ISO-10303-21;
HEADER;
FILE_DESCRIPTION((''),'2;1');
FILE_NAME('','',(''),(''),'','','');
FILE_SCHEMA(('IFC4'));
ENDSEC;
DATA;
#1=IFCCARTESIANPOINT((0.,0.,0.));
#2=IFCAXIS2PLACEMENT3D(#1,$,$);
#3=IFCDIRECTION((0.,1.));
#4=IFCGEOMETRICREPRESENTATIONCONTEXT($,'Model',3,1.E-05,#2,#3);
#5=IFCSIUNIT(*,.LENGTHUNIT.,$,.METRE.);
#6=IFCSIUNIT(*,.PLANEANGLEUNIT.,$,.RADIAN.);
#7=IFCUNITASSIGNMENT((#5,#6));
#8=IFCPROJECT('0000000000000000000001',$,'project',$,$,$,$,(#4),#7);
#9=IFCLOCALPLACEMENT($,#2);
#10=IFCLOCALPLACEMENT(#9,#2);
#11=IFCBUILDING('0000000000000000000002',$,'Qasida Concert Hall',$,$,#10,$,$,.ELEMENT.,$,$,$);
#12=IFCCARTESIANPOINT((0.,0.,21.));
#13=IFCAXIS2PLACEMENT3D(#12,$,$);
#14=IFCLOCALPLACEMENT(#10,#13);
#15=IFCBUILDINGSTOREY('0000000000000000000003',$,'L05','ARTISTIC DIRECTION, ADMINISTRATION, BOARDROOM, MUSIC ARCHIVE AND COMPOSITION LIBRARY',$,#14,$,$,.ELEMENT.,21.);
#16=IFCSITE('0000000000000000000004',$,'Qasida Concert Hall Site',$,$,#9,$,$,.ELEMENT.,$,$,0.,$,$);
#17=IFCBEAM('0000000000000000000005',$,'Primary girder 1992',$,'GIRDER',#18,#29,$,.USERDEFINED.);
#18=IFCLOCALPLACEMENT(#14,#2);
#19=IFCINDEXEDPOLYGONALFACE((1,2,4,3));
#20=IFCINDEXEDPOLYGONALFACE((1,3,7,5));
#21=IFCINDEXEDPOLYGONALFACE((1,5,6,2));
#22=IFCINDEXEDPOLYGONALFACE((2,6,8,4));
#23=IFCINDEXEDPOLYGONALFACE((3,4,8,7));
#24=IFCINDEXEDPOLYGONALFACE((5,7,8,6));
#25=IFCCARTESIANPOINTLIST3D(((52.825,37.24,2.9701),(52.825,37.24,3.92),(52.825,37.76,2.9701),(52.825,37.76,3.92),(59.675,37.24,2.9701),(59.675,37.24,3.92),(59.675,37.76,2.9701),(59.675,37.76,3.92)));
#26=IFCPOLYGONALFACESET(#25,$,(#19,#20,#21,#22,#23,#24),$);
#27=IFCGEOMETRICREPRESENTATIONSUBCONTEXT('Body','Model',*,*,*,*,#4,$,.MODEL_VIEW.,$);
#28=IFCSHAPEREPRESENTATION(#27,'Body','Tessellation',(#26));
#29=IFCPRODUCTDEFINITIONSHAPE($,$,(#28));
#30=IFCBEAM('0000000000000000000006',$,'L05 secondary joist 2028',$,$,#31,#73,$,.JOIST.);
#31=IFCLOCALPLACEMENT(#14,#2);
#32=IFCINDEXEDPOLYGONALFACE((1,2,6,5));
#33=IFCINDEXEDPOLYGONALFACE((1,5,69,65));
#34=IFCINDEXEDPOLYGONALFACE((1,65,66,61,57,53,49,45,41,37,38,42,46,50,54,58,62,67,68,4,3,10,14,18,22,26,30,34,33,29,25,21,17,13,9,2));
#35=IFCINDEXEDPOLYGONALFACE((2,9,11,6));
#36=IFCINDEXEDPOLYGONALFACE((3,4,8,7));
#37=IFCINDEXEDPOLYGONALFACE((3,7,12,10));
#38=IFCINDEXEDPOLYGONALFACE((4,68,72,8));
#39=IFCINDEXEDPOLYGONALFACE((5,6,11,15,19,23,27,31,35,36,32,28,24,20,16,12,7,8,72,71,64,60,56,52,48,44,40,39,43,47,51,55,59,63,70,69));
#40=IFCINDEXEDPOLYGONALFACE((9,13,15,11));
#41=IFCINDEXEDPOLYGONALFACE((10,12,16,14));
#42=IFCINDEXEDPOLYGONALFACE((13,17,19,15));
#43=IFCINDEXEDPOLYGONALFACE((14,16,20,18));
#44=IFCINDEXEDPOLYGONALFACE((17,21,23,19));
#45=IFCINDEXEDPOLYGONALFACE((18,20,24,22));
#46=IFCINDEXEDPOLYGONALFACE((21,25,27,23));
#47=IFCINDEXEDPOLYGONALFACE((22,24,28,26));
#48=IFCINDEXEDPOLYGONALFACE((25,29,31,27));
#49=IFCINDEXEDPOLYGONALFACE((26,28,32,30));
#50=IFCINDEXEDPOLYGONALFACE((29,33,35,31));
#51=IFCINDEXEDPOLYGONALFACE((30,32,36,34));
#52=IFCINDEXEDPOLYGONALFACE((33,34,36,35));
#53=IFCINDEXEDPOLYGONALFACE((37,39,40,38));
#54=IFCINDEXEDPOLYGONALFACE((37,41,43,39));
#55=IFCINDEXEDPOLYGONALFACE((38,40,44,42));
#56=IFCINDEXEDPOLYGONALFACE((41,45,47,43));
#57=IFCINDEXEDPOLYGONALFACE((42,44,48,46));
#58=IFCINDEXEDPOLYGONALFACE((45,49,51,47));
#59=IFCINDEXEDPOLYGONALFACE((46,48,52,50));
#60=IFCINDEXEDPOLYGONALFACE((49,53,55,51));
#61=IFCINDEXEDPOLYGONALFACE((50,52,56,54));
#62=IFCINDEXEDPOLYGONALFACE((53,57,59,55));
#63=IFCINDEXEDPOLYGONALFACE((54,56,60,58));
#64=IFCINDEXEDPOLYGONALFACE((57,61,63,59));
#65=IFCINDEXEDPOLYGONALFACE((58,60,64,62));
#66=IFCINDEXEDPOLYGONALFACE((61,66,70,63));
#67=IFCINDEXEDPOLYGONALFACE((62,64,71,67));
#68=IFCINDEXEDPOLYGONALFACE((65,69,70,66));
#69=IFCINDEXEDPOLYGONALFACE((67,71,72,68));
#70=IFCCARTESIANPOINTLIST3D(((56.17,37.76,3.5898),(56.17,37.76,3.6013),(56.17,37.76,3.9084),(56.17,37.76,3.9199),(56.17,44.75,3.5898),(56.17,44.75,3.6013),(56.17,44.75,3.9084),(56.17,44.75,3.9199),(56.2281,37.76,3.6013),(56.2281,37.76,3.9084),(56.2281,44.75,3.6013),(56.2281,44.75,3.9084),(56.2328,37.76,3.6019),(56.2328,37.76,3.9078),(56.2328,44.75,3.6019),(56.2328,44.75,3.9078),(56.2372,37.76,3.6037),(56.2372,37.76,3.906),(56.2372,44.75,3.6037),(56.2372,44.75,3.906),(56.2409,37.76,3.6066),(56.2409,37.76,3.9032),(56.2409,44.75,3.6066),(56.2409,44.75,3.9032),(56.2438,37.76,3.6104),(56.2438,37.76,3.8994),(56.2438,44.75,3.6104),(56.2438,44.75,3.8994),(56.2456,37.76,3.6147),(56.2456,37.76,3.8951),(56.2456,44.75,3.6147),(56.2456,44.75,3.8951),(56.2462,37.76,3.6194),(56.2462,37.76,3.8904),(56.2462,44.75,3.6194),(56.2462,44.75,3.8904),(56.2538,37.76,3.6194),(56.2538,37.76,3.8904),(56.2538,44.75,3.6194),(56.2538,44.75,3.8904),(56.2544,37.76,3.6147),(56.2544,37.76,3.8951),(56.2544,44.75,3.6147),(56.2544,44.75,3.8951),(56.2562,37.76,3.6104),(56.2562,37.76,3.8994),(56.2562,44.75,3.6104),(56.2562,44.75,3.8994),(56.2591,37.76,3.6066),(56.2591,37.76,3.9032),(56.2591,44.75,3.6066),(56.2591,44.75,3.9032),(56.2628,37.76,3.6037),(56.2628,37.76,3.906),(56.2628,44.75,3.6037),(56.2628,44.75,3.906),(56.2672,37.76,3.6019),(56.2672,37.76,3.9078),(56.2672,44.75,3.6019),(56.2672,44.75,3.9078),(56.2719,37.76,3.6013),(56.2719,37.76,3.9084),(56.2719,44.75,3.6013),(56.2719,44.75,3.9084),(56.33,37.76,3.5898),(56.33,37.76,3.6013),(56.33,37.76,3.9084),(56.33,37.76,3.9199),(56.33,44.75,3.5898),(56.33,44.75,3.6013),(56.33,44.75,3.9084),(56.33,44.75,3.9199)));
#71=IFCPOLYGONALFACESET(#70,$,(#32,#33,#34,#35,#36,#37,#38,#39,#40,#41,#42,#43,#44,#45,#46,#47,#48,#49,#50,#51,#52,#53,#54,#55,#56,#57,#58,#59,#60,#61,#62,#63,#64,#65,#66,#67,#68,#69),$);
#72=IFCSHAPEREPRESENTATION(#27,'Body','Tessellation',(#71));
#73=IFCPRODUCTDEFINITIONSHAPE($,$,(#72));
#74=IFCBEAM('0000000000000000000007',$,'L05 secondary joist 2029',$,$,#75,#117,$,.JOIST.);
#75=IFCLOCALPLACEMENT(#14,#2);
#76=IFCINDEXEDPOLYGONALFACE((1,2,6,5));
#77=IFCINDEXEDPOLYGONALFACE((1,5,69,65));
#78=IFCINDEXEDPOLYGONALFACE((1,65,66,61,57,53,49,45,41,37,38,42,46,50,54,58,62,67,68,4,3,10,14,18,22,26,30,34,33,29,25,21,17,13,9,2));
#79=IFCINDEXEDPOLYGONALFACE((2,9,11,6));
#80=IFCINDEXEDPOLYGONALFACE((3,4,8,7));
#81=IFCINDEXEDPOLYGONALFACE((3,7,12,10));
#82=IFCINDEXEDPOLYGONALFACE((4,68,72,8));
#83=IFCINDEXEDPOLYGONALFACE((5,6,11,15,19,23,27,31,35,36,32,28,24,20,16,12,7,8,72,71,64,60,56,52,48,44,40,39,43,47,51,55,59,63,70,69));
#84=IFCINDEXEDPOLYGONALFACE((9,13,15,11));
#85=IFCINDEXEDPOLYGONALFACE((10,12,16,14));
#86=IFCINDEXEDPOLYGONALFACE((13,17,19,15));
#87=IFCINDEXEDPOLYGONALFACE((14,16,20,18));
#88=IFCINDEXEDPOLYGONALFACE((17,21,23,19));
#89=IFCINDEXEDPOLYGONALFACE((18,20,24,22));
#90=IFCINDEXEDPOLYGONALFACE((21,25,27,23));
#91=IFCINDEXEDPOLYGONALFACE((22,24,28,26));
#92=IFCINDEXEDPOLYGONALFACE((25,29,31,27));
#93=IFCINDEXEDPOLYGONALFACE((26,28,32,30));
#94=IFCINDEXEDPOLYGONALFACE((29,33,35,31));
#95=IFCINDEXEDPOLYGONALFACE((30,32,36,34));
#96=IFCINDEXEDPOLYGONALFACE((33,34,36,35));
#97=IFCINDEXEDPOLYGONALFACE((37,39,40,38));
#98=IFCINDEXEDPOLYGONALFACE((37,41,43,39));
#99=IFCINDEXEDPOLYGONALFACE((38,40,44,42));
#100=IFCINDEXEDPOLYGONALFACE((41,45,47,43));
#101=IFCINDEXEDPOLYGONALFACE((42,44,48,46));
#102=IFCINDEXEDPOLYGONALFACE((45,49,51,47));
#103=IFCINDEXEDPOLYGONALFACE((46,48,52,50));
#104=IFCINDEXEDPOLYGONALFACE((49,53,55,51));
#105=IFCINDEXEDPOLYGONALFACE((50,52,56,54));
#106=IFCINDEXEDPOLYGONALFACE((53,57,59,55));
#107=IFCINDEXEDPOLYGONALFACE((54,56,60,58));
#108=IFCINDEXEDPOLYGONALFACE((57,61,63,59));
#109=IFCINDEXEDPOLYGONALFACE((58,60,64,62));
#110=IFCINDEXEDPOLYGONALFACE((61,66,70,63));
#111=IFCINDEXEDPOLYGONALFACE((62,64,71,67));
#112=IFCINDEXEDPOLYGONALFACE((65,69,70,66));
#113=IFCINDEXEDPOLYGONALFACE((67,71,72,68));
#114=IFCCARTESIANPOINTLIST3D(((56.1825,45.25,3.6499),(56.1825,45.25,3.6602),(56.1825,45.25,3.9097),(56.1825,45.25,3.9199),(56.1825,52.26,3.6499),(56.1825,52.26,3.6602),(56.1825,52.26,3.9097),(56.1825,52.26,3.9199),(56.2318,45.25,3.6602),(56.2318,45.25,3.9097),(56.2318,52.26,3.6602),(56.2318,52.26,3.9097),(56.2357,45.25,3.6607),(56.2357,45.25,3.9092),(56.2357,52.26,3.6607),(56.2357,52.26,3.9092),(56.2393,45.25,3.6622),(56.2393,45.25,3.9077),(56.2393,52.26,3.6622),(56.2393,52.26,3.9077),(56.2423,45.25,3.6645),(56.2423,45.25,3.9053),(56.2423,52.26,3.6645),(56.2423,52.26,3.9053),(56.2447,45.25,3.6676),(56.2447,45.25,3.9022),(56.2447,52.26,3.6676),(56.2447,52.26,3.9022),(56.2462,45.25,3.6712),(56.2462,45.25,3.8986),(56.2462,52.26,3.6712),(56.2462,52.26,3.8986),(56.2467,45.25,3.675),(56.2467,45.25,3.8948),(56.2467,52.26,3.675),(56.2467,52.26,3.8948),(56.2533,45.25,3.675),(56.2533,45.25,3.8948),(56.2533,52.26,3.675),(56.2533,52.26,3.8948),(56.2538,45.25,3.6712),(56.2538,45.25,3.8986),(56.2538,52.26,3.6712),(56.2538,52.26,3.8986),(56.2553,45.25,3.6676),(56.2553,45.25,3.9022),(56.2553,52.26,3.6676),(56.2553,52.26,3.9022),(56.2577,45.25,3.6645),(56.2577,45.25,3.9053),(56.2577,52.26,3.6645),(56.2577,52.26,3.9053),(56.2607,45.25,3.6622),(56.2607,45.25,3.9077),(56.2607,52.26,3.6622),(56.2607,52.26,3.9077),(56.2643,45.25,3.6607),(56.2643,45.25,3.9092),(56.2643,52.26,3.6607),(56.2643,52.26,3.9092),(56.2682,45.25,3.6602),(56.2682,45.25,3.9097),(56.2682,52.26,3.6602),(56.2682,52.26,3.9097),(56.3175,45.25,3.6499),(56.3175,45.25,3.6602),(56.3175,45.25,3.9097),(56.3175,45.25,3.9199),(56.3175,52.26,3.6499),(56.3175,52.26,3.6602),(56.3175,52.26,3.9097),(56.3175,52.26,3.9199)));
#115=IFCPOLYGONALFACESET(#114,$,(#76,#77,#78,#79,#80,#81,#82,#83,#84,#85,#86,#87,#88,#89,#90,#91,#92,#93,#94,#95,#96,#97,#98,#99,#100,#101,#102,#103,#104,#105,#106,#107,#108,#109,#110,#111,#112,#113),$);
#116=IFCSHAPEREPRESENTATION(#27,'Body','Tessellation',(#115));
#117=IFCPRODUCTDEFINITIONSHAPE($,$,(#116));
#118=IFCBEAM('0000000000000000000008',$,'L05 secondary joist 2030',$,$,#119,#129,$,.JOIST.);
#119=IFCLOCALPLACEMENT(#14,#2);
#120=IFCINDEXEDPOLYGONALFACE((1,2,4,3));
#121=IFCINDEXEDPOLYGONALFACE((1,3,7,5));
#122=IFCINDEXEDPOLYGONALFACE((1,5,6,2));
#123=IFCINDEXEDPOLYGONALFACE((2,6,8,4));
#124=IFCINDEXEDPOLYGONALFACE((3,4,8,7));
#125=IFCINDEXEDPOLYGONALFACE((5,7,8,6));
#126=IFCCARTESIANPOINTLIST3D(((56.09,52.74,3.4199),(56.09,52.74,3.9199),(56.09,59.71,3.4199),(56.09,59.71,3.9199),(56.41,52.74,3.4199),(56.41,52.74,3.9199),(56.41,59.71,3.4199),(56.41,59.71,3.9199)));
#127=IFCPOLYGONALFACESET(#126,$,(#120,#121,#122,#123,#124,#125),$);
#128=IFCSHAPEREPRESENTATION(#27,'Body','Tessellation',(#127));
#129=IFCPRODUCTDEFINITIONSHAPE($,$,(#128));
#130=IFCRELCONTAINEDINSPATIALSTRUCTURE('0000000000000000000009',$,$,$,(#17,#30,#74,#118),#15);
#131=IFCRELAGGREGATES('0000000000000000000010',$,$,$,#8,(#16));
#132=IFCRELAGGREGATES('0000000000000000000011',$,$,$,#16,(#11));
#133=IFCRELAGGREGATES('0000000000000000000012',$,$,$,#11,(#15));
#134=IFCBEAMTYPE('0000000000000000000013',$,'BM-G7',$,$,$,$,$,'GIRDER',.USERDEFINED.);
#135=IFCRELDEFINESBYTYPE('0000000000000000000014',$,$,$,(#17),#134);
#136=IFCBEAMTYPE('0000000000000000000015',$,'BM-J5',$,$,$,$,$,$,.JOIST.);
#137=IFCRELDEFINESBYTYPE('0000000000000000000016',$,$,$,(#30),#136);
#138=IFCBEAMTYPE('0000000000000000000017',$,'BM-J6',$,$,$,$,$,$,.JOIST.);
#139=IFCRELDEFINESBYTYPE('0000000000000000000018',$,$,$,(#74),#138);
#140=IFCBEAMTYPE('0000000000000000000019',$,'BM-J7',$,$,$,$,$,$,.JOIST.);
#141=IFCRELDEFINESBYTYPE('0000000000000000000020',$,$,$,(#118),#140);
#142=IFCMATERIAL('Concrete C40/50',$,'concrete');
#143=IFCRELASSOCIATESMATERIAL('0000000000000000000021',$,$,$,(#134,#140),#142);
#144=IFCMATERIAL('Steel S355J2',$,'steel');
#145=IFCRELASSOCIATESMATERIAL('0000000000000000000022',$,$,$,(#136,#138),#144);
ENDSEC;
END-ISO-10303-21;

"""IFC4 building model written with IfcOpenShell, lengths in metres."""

from ifc_helpers import new_model, si_unit, direction, frame, origin, origin_2d, place, context, subcontext, project, spatial, rectangle, i_section, extrude, material, material_profile, profile_set, type_object, element, save


model = new_model("IFC4")

# Units and contexts
model_context = context("Model", 3, precision=1e-05, world=origin(), true_north=direction((0.0, 1.0)))
body_context = subcontext(model_context, "Body", "Model", "MODEL_VIEW")
ifc_project = project(units=[si_unit("LENGTHUNIT", "METRE"), si_unit("PLANEANGLEUNIT", "RADIAN")], contexts=[model_context])

# Site, building, storey
site_placement = place(None, origin())
site = spatial("IfcSite", under=ifc_project, at=site_placement, Name="Qasida Concert Hall Site", CompositionType="ELEMENT", RefElevation=0.0)
building_placement = place(site_placement, origin())
building = spatial("IfcBuilding", under=site, at=building_placement, Name="Qasida Concert Hall", CompositionType="ELEMENT")
storey_placement = place(building_placement, frame((0.0, 0.0, 21.0)))
storey = spatial("IfcBuildingStorey", under=building, at=storey_placement, Name="L05", Description="ARTISTIC DIRECTION, ADMINISTRATION, BOARDROOM, MUSIC ARCHIVE AND COMPOSITION LIBRARY", CompositionType="ELEMENT", Elevation=21.0)

# Beams
ifc_material_1 = material(Name="Concrete C40/50", Category="concrete")
ifc_material_2 = material(Name="Steel S355J2", Category="steel")
ifc_material_profile_1 = material_profile(ifc_material_1, rectangle(XDim=0.52, YDim=0.95, at=origin_2d()), Name="RC 520x950")
ifc_profile_set_1 = profile_set([ifc_material_profile_1], Name="Concrete C40/50")
beam_type_1 = type_object("IfcBeamType", Name="BM-G7", ElementType="GIRDER", PredefinedType="USERDEFINED", material=ifc_profile_set_1)
beam_1_placement = place(storey_placement, frame((52.825, 37.5, 3.4451), z_axis=(1.0, 0.0, 0.0), x_axis=(0.0, 1.0, 0.0)))
element("IfcBeam", 1, at=beam_1_placement, inside=storey, type_object=beam_type_1, Name="Primary girder 1992", ObjectType="GIRDER", PredefinedType="USERDEFINED", context=body_context, shape_type="SweptSolid", body=[
    extrude(rectangle(XDim=0.52, YDim=0.95, at=origin_2d()), origin(), (0.0, 0.0, 1.0), 6.8501),
])
ifc_material_profile_2 = material_profile(ifc_material_2, i_section(OverallWidth=0.1599, OverallDepth=0.3301, WebThickness=0.0076, FlangeThickness=0.0115, FilletRadius=0.0181, at=origin_2d()), Name="IPE 330")
ifc_profile_set_2 = profile_set([ifc_material_profile_2], Name="Steel S355J2")
beam_type_2 = type_object("IfcBeamType", Name="BM-J5", PredefinedType="JOIST", material=ifc_profile_set_2)
beam_2_placement = place(storey_placement, frame((56.25, 37.76, 3.7549), z_axis=(0.0, 1.0, 0.0), x_axis=(-1.0, 0.0, 0.0)))
element("IfcBeam", 2, at=beam_2_placement, inside=storey, type_object=beam_type_2, Name="L05 secondary joist 2028", PredefinedType="JOIST", context=body_context, shape_type="SweptSolid", body=[
    extrude(i_section(OverallWidth=0.1599, OverallDepth=0.3301, WebThickness=0.0076, FlangeThickness=0.0115, FilletRadius=0.0181, at=origin_2d()), origin(), (0.0, 0.0, 1.0), 6.99),
])
ifc_material_profile_3 = material_profile(ifc_material_2, i_section(OverallWidth=0.135, OverallDepth=0.27, WebThickness=0.0066, FlangeThickness=0.0103, FilletRadius=0.0149, at=origin_2d()), Name="IPE 270")
ifc_profile_set_3 = profile_set([ifc_material_profile_3], Name="Steel S355J2")
beam_type_3 = type_object("IfcBeamType", Name="BM-J6", PredefinedType="JOIST", material=ifc_profile_set_3)
beam_3_placement = place(storey_placement, frame((56.25, 45.25, 3.7849), z_axis=(0.0, 1.0, 0.0), x_axis=(-1.0, 0.0, 0.0)))
element("IfcBeam", 3, at=beam_3_placement, inside=storey, type_object=beam_type_3, Name="L05 secondary joist 2029", PredefinedType="JOIST", context=body_context, shape_type="SweptSolid", body=[
    extrude(i_section(OverallWidth=0.135, OverallDepth=0.27, WebThickness=0.0066, FlangeThickness=0.0103, FilletRadius=0.0149, at=origin_2d()), origin(), (0.0, 0.0, 1.0), 7.01),
])
ifc_material_profile_4 = material_profile(ifc_material_1, rectangle(XDim=0.3201, YDim=0.5, at=origin_2d()), Name="RC 320x500")
ifc_profile_set_4 = profile_set([ifc_material_profile_4], Name="Concrete C40/50")
beam_type_4 = type_object("IfcBeamType", Name="BM-J7", PredefinedType="JOIST", material=ifc_profile_set_4)
beam_4_placement = place(storey_placement, frame((56.25, 52.74, 3.6699), z_axis=(0.0, 1.0, 0.0), x_axis=(-1.0, 0.0, 0.0)))
element("IfcBeam", 4, at=beam_4_placement, inside=storey, type_object=beam_type_4, Name="L05 secondary joist 2030", PredefinedType="JOIST", context=body_context, shape_type="SweptSolid", body=[
    extrude(rectangle(XDim=0.3201, YDim=0.5, at=origin_2d()), origin(), (0.0, 0.0, 1.0), 6.97),
])

save(model, "model.ifc")
